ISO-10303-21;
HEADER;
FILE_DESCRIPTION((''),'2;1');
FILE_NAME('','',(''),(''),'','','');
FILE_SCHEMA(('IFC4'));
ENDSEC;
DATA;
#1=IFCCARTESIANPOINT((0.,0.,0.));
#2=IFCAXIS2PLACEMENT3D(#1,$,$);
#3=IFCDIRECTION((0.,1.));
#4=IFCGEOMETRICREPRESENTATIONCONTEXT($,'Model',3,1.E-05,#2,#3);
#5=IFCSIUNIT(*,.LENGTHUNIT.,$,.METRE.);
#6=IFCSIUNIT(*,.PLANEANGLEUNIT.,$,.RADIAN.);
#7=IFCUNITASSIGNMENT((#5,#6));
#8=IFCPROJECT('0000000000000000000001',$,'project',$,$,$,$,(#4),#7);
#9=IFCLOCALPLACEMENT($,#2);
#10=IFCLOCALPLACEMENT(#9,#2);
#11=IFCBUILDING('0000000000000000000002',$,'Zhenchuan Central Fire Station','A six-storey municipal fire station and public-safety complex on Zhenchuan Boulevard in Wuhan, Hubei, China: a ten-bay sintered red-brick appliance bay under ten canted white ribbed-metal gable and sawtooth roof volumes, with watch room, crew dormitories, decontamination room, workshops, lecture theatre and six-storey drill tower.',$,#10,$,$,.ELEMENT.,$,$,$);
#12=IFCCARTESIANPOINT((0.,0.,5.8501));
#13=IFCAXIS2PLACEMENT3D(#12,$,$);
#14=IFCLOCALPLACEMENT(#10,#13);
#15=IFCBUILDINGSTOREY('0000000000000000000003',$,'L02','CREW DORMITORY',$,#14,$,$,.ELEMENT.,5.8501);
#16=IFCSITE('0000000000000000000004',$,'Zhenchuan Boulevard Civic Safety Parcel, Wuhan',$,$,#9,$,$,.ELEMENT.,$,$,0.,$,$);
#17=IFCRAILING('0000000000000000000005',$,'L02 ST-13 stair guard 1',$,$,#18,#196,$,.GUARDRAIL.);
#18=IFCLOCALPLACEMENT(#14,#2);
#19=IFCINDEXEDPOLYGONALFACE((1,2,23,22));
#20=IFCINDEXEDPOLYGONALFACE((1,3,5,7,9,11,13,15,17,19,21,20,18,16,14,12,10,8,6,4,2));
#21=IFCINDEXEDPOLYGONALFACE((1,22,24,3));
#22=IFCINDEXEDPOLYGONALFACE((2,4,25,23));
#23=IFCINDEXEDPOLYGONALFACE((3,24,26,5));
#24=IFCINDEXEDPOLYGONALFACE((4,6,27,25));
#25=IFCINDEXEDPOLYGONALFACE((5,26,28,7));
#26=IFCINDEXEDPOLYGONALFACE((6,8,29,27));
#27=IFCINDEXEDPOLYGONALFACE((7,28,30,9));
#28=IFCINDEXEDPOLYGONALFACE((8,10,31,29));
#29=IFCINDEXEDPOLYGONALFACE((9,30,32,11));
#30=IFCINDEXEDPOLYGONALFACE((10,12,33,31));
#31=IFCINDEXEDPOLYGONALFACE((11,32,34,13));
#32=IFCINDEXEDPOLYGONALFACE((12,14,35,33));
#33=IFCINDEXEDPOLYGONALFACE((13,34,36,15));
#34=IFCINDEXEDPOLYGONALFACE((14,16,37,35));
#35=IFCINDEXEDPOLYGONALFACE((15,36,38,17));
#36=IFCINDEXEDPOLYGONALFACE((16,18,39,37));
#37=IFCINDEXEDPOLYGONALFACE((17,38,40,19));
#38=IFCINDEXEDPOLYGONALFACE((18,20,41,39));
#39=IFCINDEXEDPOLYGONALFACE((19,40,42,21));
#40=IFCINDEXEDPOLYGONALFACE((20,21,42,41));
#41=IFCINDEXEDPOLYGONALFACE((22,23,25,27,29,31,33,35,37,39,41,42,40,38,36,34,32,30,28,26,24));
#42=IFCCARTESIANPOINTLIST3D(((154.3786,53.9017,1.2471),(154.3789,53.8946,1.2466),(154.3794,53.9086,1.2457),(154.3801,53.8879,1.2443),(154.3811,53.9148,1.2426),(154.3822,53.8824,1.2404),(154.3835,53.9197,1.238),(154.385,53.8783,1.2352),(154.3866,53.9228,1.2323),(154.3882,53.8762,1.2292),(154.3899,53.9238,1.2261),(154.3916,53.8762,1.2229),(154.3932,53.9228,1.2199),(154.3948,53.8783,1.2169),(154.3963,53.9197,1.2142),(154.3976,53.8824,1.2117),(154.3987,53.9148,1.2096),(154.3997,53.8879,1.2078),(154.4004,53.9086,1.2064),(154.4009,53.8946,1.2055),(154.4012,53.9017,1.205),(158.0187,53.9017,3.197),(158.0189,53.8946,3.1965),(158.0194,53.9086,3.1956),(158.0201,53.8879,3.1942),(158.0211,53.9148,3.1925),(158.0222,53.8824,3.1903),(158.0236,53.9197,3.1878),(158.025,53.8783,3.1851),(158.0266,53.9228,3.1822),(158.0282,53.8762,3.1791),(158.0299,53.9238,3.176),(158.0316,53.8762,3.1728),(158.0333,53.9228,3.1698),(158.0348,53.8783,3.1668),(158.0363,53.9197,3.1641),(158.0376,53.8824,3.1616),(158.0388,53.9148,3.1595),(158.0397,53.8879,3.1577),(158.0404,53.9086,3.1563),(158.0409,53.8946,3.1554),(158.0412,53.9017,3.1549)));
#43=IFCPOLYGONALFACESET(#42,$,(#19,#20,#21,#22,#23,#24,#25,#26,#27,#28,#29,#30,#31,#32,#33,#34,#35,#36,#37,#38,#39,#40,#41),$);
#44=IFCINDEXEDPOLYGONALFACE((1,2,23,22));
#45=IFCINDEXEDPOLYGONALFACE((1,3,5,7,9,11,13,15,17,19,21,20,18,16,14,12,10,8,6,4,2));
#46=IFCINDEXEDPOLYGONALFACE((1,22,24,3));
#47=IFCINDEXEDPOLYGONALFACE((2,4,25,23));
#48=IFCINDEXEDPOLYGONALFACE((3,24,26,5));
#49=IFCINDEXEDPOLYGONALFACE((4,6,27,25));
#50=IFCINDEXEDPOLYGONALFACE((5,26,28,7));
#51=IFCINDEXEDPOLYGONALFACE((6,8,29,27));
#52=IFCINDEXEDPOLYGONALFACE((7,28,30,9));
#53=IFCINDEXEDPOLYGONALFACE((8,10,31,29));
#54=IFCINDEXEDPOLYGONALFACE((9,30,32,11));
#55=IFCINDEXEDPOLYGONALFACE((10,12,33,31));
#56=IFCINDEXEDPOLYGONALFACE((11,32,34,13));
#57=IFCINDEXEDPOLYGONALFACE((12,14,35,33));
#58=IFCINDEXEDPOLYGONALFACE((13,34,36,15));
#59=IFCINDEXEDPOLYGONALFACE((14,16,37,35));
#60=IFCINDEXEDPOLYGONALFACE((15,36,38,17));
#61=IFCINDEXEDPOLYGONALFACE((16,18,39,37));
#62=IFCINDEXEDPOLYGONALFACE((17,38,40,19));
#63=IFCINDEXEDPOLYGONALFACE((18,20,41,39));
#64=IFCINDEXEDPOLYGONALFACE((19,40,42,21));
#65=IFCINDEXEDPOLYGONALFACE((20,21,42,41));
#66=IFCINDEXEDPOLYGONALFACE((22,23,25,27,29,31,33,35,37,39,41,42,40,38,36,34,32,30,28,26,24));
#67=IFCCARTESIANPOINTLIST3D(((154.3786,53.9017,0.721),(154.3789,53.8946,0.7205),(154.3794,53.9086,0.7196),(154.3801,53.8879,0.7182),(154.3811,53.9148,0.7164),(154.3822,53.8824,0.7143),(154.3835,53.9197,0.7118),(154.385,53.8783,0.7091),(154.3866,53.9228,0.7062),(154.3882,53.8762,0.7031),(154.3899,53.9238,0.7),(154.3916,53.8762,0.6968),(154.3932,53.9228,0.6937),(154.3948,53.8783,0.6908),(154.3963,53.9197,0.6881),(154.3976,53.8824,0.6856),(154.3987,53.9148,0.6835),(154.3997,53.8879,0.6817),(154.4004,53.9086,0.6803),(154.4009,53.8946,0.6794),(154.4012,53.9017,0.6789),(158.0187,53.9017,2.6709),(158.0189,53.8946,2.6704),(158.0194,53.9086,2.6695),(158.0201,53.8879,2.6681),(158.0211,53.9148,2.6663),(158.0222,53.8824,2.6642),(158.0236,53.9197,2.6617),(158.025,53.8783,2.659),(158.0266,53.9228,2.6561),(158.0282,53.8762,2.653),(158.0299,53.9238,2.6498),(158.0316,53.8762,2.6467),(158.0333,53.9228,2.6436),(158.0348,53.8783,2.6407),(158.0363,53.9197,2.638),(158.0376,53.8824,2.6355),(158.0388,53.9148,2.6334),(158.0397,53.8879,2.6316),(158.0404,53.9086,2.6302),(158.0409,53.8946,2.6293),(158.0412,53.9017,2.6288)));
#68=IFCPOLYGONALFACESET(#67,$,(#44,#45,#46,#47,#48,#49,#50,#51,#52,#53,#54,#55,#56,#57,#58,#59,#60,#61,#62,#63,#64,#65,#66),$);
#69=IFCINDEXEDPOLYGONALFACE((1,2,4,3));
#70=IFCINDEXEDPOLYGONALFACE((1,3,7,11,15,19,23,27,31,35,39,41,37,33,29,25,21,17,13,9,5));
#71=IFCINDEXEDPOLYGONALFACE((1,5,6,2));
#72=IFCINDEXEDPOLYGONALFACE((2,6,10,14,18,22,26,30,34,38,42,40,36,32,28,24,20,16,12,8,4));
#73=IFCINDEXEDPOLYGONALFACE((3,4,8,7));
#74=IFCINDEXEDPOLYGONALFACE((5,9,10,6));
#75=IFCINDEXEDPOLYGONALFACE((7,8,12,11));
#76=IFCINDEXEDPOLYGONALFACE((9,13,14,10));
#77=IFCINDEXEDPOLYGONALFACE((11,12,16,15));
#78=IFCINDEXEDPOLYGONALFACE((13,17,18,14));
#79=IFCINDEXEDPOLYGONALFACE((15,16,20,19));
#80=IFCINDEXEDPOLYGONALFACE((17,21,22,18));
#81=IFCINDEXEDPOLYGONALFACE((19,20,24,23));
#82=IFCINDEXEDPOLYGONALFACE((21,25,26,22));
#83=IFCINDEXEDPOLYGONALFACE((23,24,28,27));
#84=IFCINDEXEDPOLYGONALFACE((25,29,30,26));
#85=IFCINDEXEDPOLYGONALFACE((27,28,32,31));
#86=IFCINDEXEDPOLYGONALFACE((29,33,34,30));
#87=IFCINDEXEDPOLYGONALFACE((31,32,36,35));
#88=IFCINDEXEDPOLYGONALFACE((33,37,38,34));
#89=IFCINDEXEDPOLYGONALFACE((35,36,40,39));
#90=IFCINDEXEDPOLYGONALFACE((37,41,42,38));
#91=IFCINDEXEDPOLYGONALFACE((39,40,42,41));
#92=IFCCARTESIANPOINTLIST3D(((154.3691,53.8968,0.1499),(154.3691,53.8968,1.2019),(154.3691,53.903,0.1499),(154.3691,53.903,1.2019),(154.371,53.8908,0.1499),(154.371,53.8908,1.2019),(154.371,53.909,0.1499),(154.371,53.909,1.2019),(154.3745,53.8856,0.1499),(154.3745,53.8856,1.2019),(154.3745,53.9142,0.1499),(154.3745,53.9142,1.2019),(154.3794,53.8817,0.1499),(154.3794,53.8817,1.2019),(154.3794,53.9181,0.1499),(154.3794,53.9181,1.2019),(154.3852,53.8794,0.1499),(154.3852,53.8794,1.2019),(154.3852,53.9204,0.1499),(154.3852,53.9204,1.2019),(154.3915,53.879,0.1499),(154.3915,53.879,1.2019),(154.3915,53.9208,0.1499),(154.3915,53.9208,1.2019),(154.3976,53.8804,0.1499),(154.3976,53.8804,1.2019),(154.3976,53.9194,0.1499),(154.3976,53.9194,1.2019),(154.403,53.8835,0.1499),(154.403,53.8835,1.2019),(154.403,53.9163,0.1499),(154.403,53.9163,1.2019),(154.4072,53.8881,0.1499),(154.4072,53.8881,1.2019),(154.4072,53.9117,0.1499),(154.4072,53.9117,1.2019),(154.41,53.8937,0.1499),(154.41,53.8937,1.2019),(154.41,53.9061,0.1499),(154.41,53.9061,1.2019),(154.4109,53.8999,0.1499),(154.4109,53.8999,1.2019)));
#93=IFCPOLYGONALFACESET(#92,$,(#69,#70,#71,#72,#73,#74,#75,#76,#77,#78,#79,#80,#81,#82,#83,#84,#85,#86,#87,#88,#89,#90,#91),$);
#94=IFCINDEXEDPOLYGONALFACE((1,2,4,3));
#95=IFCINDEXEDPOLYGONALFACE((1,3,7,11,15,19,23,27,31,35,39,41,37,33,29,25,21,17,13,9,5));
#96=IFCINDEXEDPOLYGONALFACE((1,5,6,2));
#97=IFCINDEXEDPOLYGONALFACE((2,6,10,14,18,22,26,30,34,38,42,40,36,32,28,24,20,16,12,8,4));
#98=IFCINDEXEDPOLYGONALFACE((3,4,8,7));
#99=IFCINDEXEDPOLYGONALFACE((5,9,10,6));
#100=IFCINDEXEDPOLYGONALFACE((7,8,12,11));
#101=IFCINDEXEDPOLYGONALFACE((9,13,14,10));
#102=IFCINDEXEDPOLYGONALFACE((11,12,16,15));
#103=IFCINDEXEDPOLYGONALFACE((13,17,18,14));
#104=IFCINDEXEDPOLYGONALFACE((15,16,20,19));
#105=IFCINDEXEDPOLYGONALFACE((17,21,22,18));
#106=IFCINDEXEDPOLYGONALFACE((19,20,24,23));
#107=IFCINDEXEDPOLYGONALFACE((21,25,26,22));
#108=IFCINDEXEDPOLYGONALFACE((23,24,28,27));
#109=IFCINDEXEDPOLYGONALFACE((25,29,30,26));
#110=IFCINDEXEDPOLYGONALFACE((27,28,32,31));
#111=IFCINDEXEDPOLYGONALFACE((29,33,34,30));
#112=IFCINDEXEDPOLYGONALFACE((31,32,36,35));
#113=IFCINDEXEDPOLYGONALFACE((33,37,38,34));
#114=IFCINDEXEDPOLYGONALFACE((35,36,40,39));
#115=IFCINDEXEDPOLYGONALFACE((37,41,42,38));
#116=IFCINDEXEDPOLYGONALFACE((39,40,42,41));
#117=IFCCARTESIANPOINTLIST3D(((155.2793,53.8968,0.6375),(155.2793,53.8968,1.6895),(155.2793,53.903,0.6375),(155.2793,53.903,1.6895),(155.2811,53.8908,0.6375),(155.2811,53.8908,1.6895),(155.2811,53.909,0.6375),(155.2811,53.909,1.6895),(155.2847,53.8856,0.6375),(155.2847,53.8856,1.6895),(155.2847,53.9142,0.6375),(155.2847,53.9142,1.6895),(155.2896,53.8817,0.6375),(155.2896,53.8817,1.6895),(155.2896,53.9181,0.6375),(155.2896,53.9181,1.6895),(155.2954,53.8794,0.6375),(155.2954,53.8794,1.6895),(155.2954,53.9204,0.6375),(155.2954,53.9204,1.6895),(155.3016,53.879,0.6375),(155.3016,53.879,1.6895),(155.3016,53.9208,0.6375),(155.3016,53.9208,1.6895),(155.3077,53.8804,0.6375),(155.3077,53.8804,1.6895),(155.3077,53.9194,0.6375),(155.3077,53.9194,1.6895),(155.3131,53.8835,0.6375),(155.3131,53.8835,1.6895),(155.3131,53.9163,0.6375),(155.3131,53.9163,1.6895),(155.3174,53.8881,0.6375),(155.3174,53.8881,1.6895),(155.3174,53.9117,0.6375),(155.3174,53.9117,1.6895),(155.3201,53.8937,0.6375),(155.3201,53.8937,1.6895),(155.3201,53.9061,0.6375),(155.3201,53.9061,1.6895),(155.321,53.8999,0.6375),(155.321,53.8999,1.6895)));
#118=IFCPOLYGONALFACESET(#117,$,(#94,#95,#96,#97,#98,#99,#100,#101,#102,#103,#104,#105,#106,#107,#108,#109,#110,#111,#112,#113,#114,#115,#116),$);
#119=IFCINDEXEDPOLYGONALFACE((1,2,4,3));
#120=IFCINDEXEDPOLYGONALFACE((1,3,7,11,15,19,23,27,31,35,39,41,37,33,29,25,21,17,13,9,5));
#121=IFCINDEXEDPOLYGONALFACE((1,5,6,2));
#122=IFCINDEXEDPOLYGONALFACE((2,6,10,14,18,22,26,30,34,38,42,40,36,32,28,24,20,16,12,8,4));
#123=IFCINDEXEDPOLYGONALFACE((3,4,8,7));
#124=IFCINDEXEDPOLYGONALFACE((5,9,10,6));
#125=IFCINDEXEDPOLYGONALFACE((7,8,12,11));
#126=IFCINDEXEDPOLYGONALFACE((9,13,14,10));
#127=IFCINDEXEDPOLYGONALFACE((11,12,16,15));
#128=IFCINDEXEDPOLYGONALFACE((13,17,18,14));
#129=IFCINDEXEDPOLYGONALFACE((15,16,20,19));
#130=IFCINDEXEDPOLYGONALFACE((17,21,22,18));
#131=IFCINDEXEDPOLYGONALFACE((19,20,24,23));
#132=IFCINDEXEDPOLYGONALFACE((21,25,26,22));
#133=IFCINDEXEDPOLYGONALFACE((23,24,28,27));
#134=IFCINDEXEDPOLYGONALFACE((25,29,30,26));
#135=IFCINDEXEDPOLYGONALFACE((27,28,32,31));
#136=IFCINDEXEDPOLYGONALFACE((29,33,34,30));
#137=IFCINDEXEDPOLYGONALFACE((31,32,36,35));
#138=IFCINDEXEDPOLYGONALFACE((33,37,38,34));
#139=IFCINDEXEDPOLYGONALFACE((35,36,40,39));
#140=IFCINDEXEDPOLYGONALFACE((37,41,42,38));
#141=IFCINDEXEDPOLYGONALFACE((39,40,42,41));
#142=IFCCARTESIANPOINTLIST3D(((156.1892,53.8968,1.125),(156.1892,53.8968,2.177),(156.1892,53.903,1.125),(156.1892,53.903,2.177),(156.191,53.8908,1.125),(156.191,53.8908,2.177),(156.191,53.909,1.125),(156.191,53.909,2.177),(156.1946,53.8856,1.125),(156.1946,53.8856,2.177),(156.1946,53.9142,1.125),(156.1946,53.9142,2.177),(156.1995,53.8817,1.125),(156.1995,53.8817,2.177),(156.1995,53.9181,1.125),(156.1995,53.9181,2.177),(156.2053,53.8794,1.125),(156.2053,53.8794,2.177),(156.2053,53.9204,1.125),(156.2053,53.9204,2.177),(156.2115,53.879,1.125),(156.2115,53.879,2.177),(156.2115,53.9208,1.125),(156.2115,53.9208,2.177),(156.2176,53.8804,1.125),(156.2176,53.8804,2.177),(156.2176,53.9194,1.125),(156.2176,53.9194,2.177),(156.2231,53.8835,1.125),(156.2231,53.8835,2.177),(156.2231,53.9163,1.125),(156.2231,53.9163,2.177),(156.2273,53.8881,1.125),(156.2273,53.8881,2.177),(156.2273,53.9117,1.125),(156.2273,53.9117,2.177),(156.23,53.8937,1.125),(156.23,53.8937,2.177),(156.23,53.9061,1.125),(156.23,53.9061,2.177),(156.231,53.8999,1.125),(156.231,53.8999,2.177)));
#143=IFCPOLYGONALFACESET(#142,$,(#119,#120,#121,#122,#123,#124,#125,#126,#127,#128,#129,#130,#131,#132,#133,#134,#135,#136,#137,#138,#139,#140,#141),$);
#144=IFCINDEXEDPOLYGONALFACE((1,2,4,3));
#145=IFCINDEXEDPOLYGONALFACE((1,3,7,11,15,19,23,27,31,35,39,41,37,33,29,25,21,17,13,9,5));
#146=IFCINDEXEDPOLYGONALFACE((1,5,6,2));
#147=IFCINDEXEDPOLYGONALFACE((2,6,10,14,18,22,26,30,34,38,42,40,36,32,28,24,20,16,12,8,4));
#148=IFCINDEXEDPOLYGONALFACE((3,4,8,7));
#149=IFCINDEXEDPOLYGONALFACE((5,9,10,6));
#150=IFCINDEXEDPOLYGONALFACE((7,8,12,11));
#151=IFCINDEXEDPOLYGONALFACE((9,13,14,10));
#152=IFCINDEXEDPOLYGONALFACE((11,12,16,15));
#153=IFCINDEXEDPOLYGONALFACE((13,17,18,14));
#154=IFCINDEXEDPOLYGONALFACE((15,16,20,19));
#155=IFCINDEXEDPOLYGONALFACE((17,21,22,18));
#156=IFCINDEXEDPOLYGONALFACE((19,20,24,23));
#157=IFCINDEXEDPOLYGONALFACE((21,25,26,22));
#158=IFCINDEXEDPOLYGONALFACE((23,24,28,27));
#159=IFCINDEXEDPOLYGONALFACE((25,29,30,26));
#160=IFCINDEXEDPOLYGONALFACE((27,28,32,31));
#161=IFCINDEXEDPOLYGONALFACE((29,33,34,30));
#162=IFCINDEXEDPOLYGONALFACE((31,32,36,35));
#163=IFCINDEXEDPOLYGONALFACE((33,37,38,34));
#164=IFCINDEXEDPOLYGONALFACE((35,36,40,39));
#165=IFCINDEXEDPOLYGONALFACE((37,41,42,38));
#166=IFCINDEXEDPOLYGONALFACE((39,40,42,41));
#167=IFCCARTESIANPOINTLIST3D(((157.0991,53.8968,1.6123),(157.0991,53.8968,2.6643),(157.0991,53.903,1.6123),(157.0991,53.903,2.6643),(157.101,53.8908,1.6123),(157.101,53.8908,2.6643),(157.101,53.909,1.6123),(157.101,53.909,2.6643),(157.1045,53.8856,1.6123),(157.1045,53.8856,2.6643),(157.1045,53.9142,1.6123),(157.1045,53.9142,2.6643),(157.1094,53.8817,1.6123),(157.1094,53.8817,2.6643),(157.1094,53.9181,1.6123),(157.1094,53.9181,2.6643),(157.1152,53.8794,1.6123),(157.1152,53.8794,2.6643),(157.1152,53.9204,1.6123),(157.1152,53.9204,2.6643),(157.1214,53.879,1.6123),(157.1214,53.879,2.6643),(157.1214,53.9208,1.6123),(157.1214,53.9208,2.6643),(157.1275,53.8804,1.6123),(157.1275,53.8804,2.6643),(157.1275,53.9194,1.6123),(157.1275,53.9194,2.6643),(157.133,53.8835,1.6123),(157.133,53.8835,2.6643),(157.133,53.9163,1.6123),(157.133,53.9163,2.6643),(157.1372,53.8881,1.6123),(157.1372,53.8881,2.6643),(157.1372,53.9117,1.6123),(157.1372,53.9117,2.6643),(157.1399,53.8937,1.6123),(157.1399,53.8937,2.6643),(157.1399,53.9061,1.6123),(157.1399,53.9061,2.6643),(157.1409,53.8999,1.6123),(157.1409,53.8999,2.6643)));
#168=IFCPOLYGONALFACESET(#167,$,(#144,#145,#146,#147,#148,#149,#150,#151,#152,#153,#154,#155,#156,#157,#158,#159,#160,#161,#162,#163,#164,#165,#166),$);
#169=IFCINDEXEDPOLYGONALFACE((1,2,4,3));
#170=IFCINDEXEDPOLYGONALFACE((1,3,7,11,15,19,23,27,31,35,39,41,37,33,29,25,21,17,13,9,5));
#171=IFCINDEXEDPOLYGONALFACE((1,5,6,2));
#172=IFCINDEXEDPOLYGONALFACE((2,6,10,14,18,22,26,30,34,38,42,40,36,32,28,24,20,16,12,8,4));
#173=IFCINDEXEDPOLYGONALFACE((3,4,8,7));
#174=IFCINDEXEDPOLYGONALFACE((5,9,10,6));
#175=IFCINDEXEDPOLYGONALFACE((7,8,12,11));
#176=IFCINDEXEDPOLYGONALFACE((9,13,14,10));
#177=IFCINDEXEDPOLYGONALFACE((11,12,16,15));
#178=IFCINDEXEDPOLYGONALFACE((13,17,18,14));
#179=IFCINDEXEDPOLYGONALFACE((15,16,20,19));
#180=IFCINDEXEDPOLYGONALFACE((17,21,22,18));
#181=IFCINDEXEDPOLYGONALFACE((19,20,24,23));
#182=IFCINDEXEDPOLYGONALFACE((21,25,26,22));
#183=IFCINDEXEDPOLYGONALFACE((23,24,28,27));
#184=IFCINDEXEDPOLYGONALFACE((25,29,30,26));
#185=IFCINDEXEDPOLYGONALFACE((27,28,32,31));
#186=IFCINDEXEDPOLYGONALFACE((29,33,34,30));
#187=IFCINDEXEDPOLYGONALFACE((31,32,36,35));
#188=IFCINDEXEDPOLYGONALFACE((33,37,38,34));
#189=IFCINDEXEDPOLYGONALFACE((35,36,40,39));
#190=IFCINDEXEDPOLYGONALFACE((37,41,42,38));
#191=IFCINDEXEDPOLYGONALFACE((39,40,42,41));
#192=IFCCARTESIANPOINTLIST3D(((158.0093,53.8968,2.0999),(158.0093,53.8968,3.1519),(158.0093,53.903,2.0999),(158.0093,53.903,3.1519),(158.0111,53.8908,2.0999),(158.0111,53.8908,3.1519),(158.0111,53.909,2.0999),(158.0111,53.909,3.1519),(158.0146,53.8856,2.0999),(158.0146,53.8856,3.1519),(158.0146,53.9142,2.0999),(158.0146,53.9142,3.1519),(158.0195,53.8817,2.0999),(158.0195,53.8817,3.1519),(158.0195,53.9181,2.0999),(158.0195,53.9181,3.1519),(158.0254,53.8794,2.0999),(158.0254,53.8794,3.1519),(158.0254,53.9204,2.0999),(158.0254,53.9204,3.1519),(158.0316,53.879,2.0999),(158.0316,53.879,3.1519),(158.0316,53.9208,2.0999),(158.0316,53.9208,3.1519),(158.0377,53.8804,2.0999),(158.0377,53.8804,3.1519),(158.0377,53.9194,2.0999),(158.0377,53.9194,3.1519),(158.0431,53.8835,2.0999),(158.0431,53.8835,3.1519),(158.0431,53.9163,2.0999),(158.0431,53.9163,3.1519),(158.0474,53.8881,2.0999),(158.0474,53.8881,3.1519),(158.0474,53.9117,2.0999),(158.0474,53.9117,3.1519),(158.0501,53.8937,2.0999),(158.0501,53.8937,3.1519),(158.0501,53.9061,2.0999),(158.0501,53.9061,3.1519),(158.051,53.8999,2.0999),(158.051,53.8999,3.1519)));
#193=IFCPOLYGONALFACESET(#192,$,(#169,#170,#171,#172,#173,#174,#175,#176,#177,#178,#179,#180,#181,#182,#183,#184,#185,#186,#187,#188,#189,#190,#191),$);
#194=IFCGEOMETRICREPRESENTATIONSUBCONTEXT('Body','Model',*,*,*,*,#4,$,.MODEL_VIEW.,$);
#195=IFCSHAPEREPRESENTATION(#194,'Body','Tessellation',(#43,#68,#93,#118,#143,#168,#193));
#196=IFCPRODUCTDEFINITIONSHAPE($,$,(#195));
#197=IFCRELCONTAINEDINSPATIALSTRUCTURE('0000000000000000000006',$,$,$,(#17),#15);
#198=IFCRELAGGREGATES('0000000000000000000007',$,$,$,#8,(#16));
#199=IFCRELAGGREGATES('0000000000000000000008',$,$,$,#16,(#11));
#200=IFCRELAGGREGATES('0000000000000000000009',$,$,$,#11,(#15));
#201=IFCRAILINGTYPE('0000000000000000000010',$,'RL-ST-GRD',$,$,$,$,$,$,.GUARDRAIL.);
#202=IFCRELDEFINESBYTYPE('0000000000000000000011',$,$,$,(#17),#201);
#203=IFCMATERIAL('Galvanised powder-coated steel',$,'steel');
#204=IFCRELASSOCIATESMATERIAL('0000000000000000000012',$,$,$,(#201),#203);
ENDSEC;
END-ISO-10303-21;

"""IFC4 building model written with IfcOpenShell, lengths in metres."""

from ifc_helpers import new_model, si_unit, direction, frame, origin, origin_2d, place, context, subcontext, project, spatial, circle, extrude, material, type_object, element, save


model = new_model("IFC4")

# Units and contexts
model_context = context("Model", 3, precision=1e-05, world=origin(), true_north=direction((0.0, 1.0)))
body_context = subcontext(model_context, "Body", "Model", "MODEL_VIEW")
ifc_project = project(units=[si_unit("LENGTHUNIT", "METRE"), si_unit("PLANEANGLEUNIT", "RADIAN")], contexts=[model_context])

# Site, building, storey
site_placement = place(None, origin())
site = spatial("IfcSite", under=ifc_project, at=site_placement, Name="Zhenchuan Boulevard Civic Safety Parcel, Wuhan", CompositionType="ELEMENT", RefElevation=0.0)
building_placement = place(site_placement, origin())
building = spatial("IfcBuilding", under=site, at=building_placement, Name="Zhenchuan Central Fire Station", Description="A six-storey municipal fire station and public-safety complex on Zhenchuan Boulevard in Wuhan, Hubei, China: a ten-bay sintered red-brick appliance bay under ten canted white ribbed-metal gable and sawtooth roof volumes, with watch room, crew dormitories, decontamination room, workshops, lecture theatre and six-storey drill tower.", CompositionType="ELEMENT")
storey_placement = place(building_placement, frame((0.0, 0.0, 5.8501)))
storey = spatial("IfcBuildingStorey", under=building, at=storey_placement, Name="L02", Description="CREW DORMITORY", CompositionType="ELEMENT", Elevation=5.8501)

# Railing
ifc_material_1 = material(Name="Galvanised powder-coated steel", Category="steel")
railing_type_1 = type_object("IfcRailingType", Name="RL-ST-GRD", PredefinedType="GUARDRAIL", material=ifc_material_1)
railing_1_placement = place(storey_placement, frame((154.3899, 53.8999, 0.1499)))
element("IfcRailing", 1, at=railing_1_placement, inside=storey, type_object=railing_type_1, Name="L02 ST-13 stair guard 1", PredefinedType="GUARDRAIL", context=body_context, shape_type="SweptSolid", body=[
    extrude(circle(Radius=0.0239, at=origin_2d()), frame((0.0, 0.0, 1.0762), z_axis=(0.881492, 0.0, 0.472198), x_axis=(0.0, 1.0, 0.0)), (0.0, 0.0, 1.0), 4.1294),
    extrude(circle(Radius=0.0239, at=origin_2d()), frame((0.0, 0.0, 0.55), z_axis=(0.881492, 0.0, 0.472198), x_axis=(0.0, 1.0, 0.0)), (0.0, 0.0, 1.0), 4.1294),
    extrude(circle(Radius=0.021, at=origin_2d()), origin(), (0.0, 0.0, 1.0), 1.052),
    extrude(circle(Radius=0.021, at=origin_2d()), frame((0.9102, 0.0, 0.4875)), (0.0, 0.0, 1.0), 1.052),
    extrude(circle(Radius=0.021, at=origin_2d()), frame((1.8201, 0.0, 0.9751)), (0.0, 0.0, 1.0), 1.052),
    extrude(circle(Radius=0.021, at=origin_2d()), frame((2.73, 0.0, 1.4624)), (0.0, 0.0, 1.0), 1.052),
    extrude(circle(Radius=0.021, at=origin_2d()), frame((3.6401, 0.0, 1.95)), (0.0, 0.0, 1.0), 1.052),
])

save(model, "model.ifc")
